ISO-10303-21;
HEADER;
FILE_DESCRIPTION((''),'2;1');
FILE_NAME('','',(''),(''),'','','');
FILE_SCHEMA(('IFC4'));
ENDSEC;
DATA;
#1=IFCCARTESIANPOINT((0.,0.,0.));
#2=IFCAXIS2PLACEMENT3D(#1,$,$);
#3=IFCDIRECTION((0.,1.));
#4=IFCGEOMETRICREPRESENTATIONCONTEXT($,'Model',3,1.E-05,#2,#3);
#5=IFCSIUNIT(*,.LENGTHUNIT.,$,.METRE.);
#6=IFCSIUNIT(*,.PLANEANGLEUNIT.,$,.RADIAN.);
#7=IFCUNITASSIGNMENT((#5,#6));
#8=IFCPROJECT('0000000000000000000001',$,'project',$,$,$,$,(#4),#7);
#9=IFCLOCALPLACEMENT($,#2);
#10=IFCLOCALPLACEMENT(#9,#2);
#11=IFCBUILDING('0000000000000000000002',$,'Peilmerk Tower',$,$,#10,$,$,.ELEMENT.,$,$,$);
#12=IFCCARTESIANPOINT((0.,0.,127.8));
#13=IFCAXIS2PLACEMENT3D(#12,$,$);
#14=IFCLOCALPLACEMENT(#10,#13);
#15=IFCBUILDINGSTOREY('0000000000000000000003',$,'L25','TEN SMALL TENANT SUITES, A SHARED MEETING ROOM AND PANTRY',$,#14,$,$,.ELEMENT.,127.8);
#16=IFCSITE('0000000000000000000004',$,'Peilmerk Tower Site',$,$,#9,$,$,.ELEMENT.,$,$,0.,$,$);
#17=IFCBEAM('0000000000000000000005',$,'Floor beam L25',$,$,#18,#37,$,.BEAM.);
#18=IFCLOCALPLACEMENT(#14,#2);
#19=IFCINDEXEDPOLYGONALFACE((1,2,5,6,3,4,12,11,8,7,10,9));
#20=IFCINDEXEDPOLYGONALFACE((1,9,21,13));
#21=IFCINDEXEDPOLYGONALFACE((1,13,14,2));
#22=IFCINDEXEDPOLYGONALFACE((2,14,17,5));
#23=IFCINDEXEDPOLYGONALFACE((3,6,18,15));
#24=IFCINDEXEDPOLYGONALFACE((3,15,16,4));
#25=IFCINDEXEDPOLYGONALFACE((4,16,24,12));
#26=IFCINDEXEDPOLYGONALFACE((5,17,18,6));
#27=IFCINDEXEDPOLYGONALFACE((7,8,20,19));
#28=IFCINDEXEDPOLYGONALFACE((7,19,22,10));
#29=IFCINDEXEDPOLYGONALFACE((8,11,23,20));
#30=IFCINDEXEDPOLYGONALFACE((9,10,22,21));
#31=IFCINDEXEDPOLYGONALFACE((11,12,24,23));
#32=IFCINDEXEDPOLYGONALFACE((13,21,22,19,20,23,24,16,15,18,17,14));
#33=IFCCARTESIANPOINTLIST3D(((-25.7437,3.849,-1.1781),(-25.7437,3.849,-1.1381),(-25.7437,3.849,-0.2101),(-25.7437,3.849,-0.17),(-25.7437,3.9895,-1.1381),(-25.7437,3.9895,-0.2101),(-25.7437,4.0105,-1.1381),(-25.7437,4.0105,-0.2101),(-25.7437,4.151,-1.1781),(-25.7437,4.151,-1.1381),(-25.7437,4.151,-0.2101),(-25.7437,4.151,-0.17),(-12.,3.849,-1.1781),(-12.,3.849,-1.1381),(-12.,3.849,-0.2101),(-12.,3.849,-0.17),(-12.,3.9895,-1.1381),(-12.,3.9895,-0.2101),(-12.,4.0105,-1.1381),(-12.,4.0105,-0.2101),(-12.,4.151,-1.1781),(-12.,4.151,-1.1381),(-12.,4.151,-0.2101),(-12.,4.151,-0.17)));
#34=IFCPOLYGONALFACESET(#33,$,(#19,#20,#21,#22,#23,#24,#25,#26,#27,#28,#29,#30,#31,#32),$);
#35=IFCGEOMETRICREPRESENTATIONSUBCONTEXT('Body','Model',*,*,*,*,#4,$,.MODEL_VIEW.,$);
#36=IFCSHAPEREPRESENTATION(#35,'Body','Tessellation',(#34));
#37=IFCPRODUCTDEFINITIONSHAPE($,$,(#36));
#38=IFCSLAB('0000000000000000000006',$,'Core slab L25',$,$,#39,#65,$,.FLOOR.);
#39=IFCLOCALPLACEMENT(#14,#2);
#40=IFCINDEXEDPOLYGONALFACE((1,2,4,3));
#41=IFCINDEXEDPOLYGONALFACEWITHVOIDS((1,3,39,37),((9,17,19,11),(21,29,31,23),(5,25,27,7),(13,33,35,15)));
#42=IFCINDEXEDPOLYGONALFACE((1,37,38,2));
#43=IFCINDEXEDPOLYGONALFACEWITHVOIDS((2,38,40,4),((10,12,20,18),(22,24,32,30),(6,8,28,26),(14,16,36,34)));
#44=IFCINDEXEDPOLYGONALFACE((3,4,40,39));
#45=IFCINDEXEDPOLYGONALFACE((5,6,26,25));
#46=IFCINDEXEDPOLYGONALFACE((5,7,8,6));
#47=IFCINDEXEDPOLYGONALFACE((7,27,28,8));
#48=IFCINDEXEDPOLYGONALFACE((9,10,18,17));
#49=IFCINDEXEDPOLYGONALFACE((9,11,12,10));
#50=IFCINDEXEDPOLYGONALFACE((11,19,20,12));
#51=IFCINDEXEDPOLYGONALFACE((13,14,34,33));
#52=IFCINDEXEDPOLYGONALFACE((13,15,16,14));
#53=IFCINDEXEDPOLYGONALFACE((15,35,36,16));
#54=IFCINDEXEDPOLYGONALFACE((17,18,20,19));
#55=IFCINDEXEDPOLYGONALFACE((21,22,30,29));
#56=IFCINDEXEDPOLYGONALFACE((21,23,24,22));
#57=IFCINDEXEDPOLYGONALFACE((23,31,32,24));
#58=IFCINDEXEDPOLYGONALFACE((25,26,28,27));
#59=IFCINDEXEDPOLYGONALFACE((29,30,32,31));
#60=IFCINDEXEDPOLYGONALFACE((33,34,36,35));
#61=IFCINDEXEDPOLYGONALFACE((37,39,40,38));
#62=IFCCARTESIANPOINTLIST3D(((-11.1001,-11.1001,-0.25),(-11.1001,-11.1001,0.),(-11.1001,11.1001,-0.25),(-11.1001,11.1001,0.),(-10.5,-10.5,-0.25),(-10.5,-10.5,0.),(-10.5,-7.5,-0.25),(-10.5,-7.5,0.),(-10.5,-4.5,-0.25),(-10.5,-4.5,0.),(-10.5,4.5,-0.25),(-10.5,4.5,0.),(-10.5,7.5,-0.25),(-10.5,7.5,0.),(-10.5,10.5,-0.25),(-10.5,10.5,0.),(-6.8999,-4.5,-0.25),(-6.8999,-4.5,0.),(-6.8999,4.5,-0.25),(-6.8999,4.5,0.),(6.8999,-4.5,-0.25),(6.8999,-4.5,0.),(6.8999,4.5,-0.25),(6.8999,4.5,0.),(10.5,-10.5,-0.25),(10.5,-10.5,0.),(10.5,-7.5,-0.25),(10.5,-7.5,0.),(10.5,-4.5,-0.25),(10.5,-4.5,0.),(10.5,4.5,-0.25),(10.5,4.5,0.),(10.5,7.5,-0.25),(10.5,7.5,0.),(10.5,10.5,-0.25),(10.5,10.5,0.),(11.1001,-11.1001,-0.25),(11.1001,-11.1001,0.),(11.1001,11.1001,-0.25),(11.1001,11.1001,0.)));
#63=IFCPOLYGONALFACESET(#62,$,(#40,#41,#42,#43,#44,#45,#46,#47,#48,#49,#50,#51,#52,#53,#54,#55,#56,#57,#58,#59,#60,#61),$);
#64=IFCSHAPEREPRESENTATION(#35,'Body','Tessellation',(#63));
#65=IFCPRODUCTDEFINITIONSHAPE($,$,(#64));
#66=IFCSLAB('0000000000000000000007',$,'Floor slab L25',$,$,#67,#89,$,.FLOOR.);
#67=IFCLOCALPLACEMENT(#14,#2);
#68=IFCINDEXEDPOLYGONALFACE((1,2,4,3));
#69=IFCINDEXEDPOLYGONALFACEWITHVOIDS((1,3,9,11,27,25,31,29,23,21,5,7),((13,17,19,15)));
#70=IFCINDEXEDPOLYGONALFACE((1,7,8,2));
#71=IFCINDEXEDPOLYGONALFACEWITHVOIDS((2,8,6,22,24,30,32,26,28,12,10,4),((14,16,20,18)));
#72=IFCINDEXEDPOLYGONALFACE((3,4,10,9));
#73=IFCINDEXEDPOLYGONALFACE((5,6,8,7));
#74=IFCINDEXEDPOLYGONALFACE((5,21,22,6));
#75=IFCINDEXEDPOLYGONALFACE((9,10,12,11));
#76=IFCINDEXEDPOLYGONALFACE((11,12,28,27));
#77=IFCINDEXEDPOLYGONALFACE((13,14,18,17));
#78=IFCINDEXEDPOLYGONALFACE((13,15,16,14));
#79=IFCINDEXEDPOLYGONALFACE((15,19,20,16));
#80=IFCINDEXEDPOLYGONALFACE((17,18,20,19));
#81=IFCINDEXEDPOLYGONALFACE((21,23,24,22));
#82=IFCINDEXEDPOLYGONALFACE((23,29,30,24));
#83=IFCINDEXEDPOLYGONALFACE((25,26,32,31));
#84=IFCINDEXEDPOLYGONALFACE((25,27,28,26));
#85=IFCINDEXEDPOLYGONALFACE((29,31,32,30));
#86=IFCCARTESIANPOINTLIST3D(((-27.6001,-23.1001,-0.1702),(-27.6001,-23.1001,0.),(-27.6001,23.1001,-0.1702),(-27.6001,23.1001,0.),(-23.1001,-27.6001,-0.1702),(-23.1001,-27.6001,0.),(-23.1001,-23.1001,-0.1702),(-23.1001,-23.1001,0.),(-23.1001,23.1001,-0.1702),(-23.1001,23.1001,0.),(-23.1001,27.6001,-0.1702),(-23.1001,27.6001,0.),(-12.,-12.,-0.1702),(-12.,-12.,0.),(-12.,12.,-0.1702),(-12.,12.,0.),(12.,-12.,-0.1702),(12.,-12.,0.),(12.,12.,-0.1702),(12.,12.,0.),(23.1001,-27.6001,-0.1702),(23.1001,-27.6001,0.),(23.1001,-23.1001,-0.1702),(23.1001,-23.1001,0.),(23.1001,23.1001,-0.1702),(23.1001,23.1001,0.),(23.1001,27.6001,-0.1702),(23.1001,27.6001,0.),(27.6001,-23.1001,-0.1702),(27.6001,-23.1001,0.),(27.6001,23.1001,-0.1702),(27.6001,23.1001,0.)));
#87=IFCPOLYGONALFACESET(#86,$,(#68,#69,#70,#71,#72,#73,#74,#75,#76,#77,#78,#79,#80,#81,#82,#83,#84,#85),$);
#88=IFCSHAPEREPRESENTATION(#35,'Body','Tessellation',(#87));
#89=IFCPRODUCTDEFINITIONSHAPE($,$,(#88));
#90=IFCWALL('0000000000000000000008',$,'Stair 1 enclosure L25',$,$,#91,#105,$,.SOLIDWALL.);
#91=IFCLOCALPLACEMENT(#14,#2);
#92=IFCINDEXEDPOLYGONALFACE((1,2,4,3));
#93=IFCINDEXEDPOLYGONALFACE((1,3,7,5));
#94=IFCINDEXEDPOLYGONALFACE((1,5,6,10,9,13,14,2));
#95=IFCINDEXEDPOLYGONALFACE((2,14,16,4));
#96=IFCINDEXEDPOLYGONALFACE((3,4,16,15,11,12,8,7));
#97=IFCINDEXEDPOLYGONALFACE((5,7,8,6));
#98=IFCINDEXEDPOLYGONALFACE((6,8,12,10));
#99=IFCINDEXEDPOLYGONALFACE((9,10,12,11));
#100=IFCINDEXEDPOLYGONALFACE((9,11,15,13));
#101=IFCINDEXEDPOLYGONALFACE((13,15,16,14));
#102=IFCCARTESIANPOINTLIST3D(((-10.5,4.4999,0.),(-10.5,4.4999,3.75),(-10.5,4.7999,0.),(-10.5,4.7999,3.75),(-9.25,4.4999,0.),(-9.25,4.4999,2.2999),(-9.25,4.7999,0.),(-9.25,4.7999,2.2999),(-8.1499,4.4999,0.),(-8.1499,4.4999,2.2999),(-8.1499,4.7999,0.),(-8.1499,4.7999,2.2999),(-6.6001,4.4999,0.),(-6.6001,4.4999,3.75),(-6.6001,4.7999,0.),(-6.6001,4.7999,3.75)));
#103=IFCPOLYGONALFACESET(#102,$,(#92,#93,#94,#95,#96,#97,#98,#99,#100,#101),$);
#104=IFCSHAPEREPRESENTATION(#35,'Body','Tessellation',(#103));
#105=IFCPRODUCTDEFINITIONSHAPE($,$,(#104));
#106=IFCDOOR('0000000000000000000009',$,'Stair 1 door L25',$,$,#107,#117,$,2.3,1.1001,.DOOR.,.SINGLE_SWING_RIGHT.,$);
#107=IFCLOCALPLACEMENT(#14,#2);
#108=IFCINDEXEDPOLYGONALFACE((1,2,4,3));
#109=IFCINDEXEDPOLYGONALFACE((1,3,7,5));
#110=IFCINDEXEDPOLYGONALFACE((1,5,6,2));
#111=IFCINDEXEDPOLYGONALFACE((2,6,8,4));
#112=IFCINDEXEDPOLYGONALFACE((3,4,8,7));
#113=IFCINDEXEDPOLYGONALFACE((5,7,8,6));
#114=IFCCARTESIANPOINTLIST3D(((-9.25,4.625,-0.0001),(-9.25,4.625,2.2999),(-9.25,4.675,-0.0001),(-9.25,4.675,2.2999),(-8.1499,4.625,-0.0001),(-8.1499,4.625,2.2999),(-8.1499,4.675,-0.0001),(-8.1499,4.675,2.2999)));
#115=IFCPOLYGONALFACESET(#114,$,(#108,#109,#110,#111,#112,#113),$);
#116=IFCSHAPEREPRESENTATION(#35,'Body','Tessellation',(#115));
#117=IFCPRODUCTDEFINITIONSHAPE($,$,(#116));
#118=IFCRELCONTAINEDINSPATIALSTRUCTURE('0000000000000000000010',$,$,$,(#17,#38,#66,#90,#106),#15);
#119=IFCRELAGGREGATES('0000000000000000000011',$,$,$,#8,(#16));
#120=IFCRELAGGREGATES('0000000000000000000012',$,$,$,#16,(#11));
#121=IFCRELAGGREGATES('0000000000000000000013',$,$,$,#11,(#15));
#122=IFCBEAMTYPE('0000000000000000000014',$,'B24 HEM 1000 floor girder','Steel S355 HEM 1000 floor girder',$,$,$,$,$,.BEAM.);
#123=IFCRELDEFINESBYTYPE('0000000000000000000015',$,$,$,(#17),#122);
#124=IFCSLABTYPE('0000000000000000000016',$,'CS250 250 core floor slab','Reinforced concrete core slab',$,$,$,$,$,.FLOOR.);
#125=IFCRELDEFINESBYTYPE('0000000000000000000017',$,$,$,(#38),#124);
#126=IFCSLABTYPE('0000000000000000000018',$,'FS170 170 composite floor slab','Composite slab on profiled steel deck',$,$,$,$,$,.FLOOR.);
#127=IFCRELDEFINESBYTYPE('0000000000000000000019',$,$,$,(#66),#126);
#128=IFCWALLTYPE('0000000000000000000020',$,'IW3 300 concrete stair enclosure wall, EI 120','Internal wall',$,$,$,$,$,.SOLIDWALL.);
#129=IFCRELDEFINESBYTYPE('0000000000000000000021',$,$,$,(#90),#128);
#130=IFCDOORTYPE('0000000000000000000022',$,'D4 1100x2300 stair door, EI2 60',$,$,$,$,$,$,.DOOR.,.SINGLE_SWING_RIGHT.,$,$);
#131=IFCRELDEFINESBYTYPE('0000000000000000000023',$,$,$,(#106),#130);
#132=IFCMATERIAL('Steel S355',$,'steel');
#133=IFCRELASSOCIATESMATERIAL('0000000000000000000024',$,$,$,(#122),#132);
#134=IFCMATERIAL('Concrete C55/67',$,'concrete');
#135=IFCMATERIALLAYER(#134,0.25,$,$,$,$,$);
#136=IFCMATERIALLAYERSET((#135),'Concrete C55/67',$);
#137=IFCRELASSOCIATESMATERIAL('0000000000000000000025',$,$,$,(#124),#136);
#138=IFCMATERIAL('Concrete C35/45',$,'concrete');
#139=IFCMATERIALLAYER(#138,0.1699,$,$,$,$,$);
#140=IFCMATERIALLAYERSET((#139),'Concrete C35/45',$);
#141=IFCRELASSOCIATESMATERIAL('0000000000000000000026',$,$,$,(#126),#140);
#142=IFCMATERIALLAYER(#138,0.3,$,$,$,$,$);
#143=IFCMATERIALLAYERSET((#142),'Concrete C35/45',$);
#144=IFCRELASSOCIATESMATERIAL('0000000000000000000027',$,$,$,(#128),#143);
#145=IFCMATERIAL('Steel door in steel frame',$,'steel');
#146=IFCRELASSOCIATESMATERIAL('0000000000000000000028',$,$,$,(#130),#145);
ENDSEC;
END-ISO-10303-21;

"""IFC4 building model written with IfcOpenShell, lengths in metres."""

from ifc_helpers import new_model, si_unit, direction, frame, frame_2d, origin, origin_2d, place, context, subcontext, project, spatial, polyline, rectangle, i_section, outline, extrude, material, layer, layer_set, material_profile, profile_set, type_object, element, fill, save


model = new_model("IFC4")

# Units and contexts
model_context = context("Model", 3, precision=1e-05, world=origin(), true_north=direction((0.0, 1.0)))
body_context = subcontext(model_context, "Body", "Model", "MODEL_VIEW")
ifc_project = project(units=[si_unit("LENGTHUNIT", "METRE"), si_unit("PLANEANGLEUNIT", "RADIAN")], contexts=[model_context])

# Site, building, storey
site_placement = place(None, origin())
site = spatial("IfcSite", under=ifc_project, at=site_placement, Name="Peilmerk Tower Site", CompositionType="ELEMENT", RefElevation=0.0)
building_placement = place(site_placement, origin())
building = spatial("IfcBuilding", under=site, at=building_placement, Name="Peilmerk Tower", CompositionType="ELEMENT")
storey_placement = place(building_placement, frame((0.0, 0.0, 127.8)))
storey = spatial("IfcBuildingStorey", under=building, at=storey_placement, Name="L25", Description="TEN SMALL TENANT SUITES, A SHARED MEETING ROOM AND PANTRY", CompositionType="ELEMENT", Elevation=127.8)

# Beam
ifc_material_1 = material(Name="Steel S355", Category="steel")
ifc_material_profile = material_profile(ifc_material_1, i_section(OverallWidth=0.302, OverallDepth=1.0081, WebThickness=0.021, FlangeThickness=0.04, at=origin_2d()), Name="HEM 1000")
ifc_profile_set = profile_set([ifc_material_profile], Name="Steel S355")
beam_type = type_object("IfcBeamType", Name="B24 HEM 1000 floor girder", Description="Steel S355 HEM 1000 floor girder", PredefinedType="BEAM", material=ifc_profile_set)
beam_placement = place(storey_placement, frame((-12.0, 4.0, -0.6741), z_axis=(-1.0, 0.0, 0.0), x_axis=(0.0, -1.0, 0.0)))
element("IfcBeam", 1, at=beam_placement, inside=storey, type_object=beam_type, Name="Floor beam L25", PredefinedType="BEAM", context=body_context, shape_type="SweptSolid", body=[
    extrude(i_section(OverallWidth=0.302, OverallDepth=1.0081, WebThickness=0.021, FlangeThickness=0.04, at=origin_2d()), origin(), (0.0, 0.0, 1.0), 13.7437),
])

# Slabs
ifc_material_2 = material(Name="Concrete C55/67", Category="concrete")
ifc_layer_1 = layer(ifc_material_2, 0.25)
ifc_layer_set_1 = layer_set([ifc_layer_1], Name="Concrete C55/67")
slab_type_1 = type_object("IfcSlabType", Name="CS250 250 core floor slab", Description="Reinforced concrete core slab", PredefinedType="FLOOR", material=ifc_layer_set_1)
slab_1_placement = place(storey_placement, frame((0.0, 0.0, -0.25)))
element("IfcSlab", 2, at=slab_1_placement, inside=storey, type_object=slab_type_1, Name="Core slab L25", PredefinedType="FLOOR", context=body_context, shape_type="SweptSolid", body=[
    extrude(outline(polyline([(-11.1001, -11.1001), (11.1001, -11.1001), (11.1001, 11.1001), (-11.1001, 11.1001), (-11.1001, -11.1001)]), holes=[polyline([(10.5, 10.5), (10.5, 7.5), (-10.5, 7.5), (-10.5, 10.5), (10.5, 10.5)]), polyline([(-10.5, -10.5), (-10.5, -7.5), (10.5, -7.5), (10.5, -10.5), (-10.5, -10.5)]), polyline([(-10.5, 4.5), (-6.8999, 4.5), (-6.8999, -4.5), (-10.5, -4.5), (-10.5, 4.5)]), polyline([(10.5, 4.5), (10.5, -4.5), (6.8999, -4.5), (6.8999, 4.5), (10.5, 4.5)])]), origin(), (0.0, 0.0, 1.0), 0.25),
])
ifc_material_3 = material(Name="Concrete C35/45", Category="concrete")
ifc_layer_2 = layer(ifc_material_3, 0.1699)
ifc_layer_set_2 = layer_set([ifc_layer_2], Name="Concrete C35/45")
slab_type_2 = type_object("IfcSlabType", Name="FS170 170 composite floor slab", Description="Composite slab on profiled steel deck", PredefinedType="FLOOR", material=ifc_layer_set_2)
slab_2_placement = place(storey_placement, frame((0.0, 0.0, -0.1702)))
element("IfcSlab", 3, at=slab_2_placement, inside=storey, type_object=slab_type_2, Name="Floor slab L25", PredefinedType="FLOOR", context=body_context, shape_type="SweptSolid", body=[
    extrude(outline(polyline([(-23.1001, -27.6001), (23.1001, -27.6001), (23.1001, -23.1001), (27.6001, -23.1001), (27.6001, 23.1001), (23.1001, 23.1001), (23.1001, 27.6001), (-23.1001, 27.6001), (-23.1001, 23.1001), (-27.6001, 23.1001), (-27.6001, -23.1001), (-23.1001, -23.1001), (-23.1001, -27.6001)]), holes=[polyline([(12.0, 12.0), (12.0, -12.0), (-12.0, -12.0), (-12.0, 12.0), (12.0, 12.0)])]), origin(), (0.0, 0.0, 1.0), 0.1702),
])

# Wall, opening, door
ifc_layer_3 = layer(ifc_material_3, 0.3)
ifc_layer_set_3 = layer_set([ifc_layer_3], Name="Concrete C35/45")
wall_type_1 = type_object("IfcWallType", Name="IW3 300 concrete stair enclosure wall, EI 120", Description="Internal wall", PredefinedType="SOLIDWALL", material=ifc_layer_set_3)
wall_1_placement = place(storey_placement, frame((-10.5, 4.6499, 0.0), z_axis=(0.0, 0.0, 1.0), x_axis=(1.0, 0.0, 0.0)))
wall_1 = element("IfcWall", 4, at=wall_1_placement, inside=storey, type_object=wall_type_1, Name="Stair 1 enclosure L25", PredefinedType="SOLIDWALL", context=body_context, shape_type="SweptSolid", body=[
    extrude(rectangle(XDim=3.8999, YDim=0.3, at=frame_2d((1.95, 0.0))), origin(), (0.0, 0.0, 1.0), 3.75),
])
opening_1_placement = place(wall_1_placement, frame((1.25, 0.0, 0.0)))
opening_1 = element("IfcOpeningElement", 5, at=opening_1_placement, cuts=wall_1, PredefinedType="OPENING", context=body_context, shape_type="SweptSolid", body=[
    extrude(rectangle(XDim=1.1001, YDim=2.3, at=frame_2d((0.55, 1.1499))), frame((0.0, 0.1599, 0.0), z_axis=(0.0, -1.0, 0.0), x_axis=(1.0, 0.0, 0.0)), (0.0, 0.0, 1.0), 0.3201),
])
ifc_material_4 = material(Name="Steel door in steel frame", Category="steel")
door_type_1 = type_object("IfcDoorType", Name="D4 1100x2300 stair door, EI2 60", OperationType="SINGLE_SWING_RIGHT", PredefinedType="DOOR", material=ifc_material_4)
door_1_placement = place(opening_1_placement, frame((1.1001, 0.0, 0.0), z_axis=(0.0, 0.0, 1.0), x_axis=(-1.0, 0.0, 0.0)))
door_1 = element("IfcDoor", 6, at=door_1_placement, inside=storey, type_object=door_type_1, Name="Stair 1 door L25", OperationType="SINGLE_SWING_RIGHT", OverallHeight=2.3, OverallWidth=1.1001, PredefinedType="DOOR", context=body_context, shape_type="SweptSolid", body=[
    extrude(rectangle(XDim=1.1001, YDim=2.3, at=frame_2d((0.55, 1.1499))), frame((0.0, 0.0249, 0.0), z_axis=(0.0, -1.0, 0.0), x_axis=(1.0, 0.0, 0.0)), (0.0, 0.0, 1.0), 0.05),
])
fill(opening_1, door_1)

save(model, "model.ifc")
